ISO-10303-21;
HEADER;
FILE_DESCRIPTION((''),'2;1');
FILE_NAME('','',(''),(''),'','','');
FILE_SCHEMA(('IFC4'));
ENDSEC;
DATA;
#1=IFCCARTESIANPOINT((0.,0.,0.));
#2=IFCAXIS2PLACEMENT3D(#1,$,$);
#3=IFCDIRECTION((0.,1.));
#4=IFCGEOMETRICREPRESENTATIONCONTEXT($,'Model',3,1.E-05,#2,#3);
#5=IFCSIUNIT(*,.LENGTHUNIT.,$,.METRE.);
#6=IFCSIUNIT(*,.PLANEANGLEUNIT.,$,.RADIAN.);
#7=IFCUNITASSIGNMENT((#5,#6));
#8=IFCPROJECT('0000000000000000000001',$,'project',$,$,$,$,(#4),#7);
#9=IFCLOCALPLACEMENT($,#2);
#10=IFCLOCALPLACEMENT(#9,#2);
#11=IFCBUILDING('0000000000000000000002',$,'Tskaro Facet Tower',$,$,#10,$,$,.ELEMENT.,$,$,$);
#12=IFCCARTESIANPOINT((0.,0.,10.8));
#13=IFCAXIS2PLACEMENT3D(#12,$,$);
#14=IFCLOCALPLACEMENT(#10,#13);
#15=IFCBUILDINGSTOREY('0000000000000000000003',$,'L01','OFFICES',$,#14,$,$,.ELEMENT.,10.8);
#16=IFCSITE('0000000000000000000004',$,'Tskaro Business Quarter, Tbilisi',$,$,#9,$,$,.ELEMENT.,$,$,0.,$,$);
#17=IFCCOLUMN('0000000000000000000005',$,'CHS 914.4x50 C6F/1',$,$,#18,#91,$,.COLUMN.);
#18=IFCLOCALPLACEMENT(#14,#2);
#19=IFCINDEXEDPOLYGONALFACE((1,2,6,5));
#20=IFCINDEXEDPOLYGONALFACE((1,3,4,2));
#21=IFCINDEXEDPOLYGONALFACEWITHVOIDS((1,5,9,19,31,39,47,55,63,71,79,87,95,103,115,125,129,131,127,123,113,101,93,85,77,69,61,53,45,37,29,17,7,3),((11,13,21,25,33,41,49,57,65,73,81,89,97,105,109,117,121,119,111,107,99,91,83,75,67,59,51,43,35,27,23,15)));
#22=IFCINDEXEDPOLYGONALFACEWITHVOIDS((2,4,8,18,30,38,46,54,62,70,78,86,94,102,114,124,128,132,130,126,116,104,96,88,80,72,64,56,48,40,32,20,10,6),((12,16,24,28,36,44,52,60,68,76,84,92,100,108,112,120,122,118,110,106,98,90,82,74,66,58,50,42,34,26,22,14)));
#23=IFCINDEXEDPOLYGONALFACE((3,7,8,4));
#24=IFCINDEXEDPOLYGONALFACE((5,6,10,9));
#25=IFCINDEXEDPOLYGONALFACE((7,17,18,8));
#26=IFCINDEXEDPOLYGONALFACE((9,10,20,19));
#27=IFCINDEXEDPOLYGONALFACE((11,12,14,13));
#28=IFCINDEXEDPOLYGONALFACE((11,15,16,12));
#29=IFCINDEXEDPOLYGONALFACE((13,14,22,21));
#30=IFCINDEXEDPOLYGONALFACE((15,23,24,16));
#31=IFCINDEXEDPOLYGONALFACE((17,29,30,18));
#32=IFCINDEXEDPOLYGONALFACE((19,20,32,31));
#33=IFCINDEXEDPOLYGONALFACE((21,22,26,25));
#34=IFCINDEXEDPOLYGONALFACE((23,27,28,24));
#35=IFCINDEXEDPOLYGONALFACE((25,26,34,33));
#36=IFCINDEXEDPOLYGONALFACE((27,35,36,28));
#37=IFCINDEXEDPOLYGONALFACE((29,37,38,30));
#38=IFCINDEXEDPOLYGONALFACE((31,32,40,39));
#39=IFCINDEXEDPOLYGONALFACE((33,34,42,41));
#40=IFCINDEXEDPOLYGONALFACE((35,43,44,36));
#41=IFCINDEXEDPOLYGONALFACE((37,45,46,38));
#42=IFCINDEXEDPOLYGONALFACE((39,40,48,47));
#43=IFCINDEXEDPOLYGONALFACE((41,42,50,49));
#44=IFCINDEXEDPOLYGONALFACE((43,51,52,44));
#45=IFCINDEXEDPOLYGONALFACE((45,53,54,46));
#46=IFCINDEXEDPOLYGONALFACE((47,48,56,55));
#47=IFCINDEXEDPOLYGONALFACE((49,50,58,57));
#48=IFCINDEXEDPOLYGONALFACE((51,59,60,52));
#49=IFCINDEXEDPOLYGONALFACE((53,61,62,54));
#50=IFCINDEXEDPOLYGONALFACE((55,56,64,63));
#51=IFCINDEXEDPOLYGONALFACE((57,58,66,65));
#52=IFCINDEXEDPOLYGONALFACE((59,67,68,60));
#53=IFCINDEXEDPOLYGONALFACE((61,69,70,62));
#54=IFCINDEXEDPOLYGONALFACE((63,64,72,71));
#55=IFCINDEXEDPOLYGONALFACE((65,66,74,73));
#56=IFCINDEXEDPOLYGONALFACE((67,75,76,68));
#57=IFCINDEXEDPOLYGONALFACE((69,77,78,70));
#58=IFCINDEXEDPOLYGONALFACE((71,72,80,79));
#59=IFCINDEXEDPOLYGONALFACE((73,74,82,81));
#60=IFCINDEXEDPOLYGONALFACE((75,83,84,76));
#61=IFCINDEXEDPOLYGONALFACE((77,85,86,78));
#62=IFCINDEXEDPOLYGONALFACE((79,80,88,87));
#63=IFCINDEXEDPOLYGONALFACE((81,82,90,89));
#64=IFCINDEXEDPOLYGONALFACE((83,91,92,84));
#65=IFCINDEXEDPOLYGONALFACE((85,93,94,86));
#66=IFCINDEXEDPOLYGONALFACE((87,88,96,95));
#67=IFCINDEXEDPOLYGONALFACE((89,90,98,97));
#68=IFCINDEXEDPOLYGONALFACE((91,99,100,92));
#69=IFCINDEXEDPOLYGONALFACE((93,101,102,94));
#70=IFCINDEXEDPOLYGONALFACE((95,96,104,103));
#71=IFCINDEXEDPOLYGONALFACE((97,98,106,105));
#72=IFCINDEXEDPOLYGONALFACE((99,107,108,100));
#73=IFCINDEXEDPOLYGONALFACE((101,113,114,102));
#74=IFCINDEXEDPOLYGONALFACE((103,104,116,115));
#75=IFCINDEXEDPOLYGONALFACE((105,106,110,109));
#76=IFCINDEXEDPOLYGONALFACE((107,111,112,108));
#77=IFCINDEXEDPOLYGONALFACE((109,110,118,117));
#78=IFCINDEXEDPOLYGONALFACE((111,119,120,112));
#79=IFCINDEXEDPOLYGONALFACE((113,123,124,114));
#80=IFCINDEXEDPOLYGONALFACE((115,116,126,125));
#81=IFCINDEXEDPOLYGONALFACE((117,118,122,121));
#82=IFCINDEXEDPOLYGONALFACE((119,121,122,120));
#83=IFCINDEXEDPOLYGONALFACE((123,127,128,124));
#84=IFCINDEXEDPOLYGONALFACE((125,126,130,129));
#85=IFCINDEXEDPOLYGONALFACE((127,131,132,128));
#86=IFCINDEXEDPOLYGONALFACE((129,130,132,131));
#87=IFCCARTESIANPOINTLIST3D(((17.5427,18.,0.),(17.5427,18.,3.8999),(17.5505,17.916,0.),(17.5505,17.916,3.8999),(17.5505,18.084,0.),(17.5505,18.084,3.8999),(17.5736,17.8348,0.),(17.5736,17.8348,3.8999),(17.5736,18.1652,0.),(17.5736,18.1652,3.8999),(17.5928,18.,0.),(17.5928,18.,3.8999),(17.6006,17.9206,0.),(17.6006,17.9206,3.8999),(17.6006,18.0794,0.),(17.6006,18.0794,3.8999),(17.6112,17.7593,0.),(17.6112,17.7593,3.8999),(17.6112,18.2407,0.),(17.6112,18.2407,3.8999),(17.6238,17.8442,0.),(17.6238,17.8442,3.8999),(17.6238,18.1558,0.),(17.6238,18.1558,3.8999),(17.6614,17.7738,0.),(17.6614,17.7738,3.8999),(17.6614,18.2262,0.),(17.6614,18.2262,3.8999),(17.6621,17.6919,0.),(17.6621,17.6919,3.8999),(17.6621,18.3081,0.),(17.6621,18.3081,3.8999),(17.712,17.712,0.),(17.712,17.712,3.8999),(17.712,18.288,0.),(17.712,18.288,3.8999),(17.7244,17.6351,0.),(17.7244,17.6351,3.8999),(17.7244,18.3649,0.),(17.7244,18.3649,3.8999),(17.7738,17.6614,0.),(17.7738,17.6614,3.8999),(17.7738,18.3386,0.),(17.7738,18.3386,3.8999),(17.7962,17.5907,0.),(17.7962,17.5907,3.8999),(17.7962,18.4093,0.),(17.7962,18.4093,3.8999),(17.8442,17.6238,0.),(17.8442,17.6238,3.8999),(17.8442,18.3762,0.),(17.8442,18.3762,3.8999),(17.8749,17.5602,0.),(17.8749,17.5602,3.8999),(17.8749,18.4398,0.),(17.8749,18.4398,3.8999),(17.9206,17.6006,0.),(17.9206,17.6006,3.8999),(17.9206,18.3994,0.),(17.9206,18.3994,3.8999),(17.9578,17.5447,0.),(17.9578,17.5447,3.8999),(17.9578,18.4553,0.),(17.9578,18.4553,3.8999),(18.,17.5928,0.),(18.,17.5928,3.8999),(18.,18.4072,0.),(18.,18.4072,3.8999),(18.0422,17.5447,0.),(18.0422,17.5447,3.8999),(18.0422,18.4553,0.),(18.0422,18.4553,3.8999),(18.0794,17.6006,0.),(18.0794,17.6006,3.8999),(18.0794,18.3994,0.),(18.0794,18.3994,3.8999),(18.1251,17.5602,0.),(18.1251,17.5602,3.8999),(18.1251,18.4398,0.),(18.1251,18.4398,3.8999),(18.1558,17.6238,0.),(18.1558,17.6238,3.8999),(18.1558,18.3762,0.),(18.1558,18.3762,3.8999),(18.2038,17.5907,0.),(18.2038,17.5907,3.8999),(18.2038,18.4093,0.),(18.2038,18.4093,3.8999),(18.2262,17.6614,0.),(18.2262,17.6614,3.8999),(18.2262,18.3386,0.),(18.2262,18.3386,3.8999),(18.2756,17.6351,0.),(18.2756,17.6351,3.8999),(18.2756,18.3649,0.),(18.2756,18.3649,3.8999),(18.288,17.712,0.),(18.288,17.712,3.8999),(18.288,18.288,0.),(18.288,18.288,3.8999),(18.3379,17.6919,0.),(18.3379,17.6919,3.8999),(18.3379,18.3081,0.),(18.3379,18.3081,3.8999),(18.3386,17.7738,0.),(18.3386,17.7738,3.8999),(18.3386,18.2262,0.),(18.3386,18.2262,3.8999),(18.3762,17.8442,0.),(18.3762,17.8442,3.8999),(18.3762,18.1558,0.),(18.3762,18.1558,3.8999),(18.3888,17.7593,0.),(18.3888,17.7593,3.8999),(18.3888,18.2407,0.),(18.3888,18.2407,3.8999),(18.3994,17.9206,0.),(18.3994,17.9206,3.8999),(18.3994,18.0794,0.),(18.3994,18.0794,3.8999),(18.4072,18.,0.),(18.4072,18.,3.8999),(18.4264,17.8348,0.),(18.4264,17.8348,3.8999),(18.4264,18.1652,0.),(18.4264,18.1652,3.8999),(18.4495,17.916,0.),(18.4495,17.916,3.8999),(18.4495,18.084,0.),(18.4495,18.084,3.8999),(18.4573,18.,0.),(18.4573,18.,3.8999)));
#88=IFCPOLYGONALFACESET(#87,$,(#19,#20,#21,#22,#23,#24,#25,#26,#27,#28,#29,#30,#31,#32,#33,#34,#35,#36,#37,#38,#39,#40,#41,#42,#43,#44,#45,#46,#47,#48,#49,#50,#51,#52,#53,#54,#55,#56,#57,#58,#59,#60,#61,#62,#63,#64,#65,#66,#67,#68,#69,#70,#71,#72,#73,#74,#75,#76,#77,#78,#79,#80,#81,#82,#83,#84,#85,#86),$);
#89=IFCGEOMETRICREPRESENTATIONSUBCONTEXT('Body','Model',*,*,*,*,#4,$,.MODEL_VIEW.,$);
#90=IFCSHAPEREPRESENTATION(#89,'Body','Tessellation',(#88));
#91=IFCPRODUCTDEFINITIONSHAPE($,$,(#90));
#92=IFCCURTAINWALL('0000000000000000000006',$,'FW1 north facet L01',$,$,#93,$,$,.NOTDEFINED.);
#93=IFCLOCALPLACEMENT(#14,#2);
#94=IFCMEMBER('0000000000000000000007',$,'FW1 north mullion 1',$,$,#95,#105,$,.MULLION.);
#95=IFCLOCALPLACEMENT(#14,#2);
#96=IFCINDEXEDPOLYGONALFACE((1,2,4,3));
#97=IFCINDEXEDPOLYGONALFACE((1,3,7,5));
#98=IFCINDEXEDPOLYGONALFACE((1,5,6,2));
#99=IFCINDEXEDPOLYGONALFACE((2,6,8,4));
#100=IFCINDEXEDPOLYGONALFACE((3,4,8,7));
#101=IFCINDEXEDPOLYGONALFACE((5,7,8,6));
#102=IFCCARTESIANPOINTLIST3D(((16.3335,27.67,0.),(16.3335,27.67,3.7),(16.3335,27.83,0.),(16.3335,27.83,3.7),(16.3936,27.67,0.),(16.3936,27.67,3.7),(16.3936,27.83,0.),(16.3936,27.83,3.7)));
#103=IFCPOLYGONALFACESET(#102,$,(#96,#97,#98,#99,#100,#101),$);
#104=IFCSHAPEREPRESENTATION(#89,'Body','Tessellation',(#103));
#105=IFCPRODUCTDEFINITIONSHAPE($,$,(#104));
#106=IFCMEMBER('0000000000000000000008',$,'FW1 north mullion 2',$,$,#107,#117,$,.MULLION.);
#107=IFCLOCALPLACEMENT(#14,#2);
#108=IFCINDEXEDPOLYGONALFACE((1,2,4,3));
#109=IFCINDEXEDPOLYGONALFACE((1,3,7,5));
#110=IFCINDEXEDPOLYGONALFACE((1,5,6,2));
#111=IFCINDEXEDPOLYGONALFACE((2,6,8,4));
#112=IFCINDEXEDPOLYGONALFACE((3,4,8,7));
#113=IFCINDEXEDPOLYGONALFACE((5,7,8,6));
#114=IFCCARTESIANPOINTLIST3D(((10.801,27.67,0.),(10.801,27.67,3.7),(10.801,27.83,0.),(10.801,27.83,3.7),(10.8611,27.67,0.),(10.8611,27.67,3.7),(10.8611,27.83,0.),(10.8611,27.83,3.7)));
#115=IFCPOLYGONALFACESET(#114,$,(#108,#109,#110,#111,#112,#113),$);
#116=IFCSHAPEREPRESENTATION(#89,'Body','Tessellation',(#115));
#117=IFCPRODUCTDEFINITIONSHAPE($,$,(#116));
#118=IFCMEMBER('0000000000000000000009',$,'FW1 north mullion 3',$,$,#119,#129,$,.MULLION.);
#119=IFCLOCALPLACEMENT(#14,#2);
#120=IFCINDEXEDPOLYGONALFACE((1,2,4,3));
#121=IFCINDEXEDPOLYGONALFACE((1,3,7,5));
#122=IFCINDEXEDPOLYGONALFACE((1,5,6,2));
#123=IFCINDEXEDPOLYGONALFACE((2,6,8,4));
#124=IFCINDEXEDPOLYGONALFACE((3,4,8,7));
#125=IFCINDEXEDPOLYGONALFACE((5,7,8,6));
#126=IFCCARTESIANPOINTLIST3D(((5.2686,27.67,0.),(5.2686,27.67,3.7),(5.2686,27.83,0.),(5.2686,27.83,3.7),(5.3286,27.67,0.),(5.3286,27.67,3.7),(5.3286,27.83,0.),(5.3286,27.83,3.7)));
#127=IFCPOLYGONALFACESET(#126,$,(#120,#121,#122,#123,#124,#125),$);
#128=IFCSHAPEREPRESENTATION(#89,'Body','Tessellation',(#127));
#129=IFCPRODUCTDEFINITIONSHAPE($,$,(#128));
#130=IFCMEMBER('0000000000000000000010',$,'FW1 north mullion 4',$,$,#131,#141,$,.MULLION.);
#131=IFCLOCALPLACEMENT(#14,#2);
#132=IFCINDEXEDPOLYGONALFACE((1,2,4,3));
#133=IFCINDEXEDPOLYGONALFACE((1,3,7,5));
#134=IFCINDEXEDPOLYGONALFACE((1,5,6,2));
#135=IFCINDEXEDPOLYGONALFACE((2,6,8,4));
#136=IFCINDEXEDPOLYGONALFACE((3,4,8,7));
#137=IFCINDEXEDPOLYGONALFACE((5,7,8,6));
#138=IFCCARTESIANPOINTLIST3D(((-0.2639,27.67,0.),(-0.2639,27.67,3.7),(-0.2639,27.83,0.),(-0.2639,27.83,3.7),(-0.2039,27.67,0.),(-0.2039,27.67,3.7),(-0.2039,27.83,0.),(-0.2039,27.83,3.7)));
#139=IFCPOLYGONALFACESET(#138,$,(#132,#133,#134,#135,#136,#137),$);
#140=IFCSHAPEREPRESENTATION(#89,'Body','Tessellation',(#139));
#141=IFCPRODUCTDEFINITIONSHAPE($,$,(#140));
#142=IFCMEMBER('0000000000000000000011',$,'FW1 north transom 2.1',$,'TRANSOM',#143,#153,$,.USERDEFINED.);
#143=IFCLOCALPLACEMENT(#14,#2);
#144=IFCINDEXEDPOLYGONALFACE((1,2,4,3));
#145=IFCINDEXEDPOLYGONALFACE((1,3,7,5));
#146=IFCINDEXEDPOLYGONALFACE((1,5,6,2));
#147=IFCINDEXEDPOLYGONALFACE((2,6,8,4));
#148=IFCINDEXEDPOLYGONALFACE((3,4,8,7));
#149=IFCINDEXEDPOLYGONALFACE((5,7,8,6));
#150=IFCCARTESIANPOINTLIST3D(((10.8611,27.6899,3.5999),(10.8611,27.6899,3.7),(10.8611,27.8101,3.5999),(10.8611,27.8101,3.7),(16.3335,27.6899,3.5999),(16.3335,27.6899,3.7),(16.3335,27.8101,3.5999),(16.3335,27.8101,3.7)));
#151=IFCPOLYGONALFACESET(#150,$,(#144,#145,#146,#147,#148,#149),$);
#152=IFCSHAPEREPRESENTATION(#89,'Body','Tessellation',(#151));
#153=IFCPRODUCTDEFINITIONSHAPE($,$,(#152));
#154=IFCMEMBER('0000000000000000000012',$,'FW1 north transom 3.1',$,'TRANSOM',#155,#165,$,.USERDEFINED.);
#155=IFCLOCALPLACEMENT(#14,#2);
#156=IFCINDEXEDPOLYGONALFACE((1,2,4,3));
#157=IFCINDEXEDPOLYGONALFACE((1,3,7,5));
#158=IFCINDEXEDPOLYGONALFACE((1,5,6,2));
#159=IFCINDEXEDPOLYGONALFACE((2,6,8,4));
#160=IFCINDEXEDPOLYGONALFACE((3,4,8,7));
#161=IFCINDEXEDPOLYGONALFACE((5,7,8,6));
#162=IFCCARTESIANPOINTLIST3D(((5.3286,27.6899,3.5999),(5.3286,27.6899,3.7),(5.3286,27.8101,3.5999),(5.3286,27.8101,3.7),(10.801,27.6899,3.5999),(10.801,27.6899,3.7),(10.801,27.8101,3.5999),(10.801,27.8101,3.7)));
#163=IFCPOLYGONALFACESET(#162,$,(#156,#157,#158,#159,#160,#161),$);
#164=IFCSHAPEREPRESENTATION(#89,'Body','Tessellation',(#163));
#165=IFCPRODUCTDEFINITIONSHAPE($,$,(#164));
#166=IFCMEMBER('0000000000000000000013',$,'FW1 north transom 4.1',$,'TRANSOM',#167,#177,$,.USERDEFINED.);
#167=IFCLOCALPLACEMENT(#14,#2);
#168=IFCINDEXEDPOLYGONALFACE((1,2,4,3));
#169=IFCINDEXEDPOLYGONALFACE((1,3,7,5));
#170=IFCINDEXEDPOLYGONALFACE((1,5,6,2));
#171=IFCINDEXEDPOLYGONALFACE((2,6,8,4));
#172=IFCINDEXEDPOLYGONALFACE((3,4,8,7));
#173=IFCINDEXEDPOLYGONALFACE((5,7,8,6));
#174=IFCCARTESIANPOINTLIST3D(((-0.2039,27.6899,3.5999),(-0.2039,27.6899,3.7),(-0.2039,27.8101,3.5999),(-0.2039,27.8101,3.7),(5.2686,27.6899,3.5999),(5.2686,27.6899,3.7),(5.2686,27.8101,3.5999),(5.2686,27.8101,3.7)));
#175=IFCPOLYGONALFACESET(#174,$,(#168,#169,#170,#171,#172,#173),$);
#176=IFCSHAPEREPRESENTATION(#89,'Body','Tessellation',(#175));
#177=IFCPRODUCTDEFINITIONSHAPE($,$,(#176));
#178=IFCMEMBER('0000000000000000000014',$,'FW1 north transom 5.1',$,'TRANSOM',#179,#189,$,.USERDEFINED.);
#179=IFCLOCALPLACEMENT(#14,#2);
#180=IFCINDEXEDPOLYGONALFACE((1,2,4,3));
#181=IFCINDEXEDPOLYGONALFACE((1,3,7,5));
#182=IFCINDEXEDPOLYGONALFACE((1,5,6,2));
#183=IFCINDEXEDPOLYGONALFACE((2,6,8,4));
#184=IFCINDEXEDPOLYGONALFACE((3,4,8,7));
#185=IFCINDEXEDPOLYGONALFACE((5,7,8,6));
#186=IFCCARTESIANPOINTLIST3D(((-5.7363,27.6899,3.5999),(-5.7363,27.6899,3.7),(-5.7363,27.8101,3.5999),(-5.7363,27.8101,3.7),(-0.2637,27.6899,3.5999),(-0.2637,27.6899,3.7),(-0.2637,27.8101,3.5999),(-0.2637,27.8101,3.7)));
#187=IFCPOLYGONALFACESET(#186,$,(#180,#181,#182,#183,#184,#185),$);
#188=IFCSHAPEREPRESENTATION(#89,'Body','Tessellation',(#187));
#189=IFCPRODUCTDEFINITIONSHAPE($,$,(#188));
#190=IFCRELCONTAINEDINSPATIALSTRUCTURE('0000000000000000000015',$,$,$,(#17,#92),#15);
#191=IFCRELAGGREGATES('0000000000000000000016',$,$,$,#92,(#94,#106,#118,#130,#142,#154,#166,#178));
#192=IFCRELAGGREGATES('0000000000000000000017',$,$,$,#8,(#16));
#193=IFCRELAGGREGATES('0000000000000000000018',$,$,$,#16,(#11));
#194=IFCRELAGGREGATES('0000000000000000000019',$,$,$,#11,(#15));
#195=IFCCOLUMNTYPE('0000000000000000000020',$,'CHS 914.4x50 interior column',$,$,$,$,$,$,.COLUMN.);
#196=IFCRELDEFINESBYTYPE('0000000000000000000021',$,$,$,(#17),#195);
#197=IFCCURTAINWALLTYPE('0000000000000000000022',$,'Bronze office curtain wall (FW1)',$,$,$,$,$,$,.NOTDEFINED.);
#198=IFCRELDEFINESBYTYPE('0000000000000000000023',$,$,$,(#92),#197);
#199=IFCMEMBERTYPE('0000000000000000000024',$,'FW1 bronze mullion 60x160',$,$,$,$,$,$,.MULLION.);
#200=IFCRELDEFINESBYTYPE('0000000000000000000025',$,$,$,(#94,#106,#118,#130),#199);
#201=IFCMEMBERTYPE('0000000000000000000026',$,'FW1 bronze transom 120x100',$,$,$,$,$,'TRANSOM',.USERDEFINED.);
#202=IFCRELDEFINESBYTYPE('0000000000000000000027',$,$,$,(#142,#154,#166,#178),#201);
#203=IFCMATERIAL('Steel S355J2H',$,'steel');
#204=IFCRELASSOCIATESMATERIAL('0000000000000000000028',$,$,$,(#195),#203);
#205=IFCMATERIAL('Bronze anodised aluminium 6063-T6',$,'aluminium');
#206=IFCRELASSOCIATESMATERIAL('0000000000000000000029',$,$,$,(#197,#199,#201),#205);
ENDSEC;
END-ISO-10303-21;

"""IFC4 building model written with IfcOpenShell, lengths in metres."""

from ifc_helpers import new_model, si_unit, direction, frame, origin, origin_2d, place, context, subcontext, project, spatial, rectangle, hollow_circle, extrude, material, material_profile, profile_set, type_object, element, aggregate, save


model = new_model("IFC4")

# Units and contexts
model_context = context("Model", 3, precision=1e-05, world=origin(), true_north=direction((0.0, 1.0)))
body_context = subcontext(model_context, "Body", "Model", "MODEL_VIEW")
ifc_project = project(units=[si_unit("LENGTHUNIT", "METRE"), si_unit("PLANEANGLEUNIT", "RADIAN")], contexts=[model_context])

# Site, building, storey
site_placement = place(None, origin())
site = spatial("IfcSite", under=ifc_project, at=site_placement, Name="Tskaro Business Quarter, Tbilisi", CompositionType="ELEMENT", RefElevation=0.0)
building_placement = place(site_placement, origin())
building = spatial("IfcBuilding", under=site, at=building_placement, Name="Tskaro Facet Tower", CompositionType="ELEMENT")
storey_placement = place(building_placement, frame((0.0, 0.0, 10.8)))
storey = spatial("IfcBuildingStorey", under=building, at=storey_placement, Name="L01", Description="OFFICES", CompositionType="ELEMENT", Elevation=10.8)

# Column
ifc_material_1 = material(Name="Steel S355J2H", Category="steel")
ifc_material_profile_1 = material_profile(ifc_material_1, hollow_circle(Radius=0.4573, WallThickness=0.05, at=origin_2d()), Name="CHS 914.4x50")
ifc_profile_set_1 = profile_set([ifc_material_profile_1], Name="Steel S355J2H")
column_type_1 = type_object("IfcColumnType", Name="CHS 914.4x50 interior column", PredefinedType="COLUMN", material=ifc_profile_set_1)
for number, where, z_axis, x_axis, name in (
    (1, (18.0, 18.0, 0.0), (0.0, 0.0, 1.0), (1.0, 0.0, 0.0), "CHS 914.4x50 C6F/1"),
):
    element("IfcColumn", number, at=place(storey_placement, frame(where, z_axis=z_axis, x_axis=x_axis)), inside=storey, type_object=column_type_1, Name=name, PredefinedType="COLUMN", context=body_context, shape_type="SweptSolid", body=[
        extrude(hollow_circle(Radius=0.4573, WallThickness=0.05, at=origin_2d()), origin(), (0.0, 0.0, 1.0), 3.8999),
    ])

# Curtain wall, members
ifc_material_2 = material(Name="Bronze anodised aluminium 6063-T6", Category="aluminium")
curtain_wall_type = type_object("IfcCurtainWallType", Name="Bronze office curtain wall (FW1)", PredefinedType="NOTDEFINED", material=ifc_material_2)
curtain_wall_placement = place(storey_placement, origin())
curtain_wall = element("IfcCurtainWall", 2, at=curtain_wall_placement, inside=storey, type_object=curtain_wall_type, Name="FW1 north facet L01", PredefinedType="NOTDEFINED")
ifc_material_profile_2 = material_profile(ifc_material_2, rectangle(XDim=0.0601, YDim=0.1599, at=origin_2d()), Name="Mullion 60x160")
ifc_profile_set_2 = profile_set([ifc_material_profile_2], Name="Bronze anodised aluminium 6063-T6")
member_type_1 = type_object("IfcMemberType", Name="FW1 bronze mullion 60x160", PredefinedType="MULLION", material=ifc_profile_set_2)
member_1_placement = place(storey_placement, frame((16.3635, 27.75, 0.0), z_axis=(0.0, 0.0, 1.0), x_axis=(-1.0, 0.0, 0.0)))
member_1 = element("IfcMember", 3, at=member_1_placement, type_object=member_type_1, Name="FW1 north mullion 1", PredefinedType="MULLION", context=body_context, shape_type="SweptSolid", body=[
    extrude(rectangle(XDim=0.0601, YDim=0.1599, at=origin_2d()), origin(), (0.0, 0.0, 1.0), 3.7),
])
member_2_placement = place(storey_placement, frame((10.8311, 27.75, 0.0), z_axis=(0.0, 0.0, 1.0), x_axis=(-1.0, 0.0, 0.0)))
member_2 = element("IfcMember", 4, at=member_2_placement, type_object=member_type_1, Name="FW1 north mullion 2", PredefinedType="MULLION", context=body_context, shape_type="SweptSolid", body=[
    extrude(rectangle(XDim=0.0601, YDim=0.1599, at=origin_2d()), origin(), (0.0, 0.0, 1.0), 3.7),
])
member_3_placement = place(storey_placement, frame((5.2986, 27.75, 0.0), z_axis=(0.0, 0.0, 1.0), x_axis=(-1.0, 0.0, 0.0)))
member_3 = element("IfcMember", 5, at=member_3_placement, type_object=member_type_1, Name="FW1 north mullion 3", PredefinedType="MULLION", context=body_context, shape_type="SweptSolid", body=[
    extrude(rectangle(XDim=0.0601, YDim=0.1599, at=origin_2d()), origin(), (0.0, 0.0, 1.0), 3.7),
])
member_4_placement = place(storey_placement, frame((-0.2339, 27.75, 0.0), z_axis=(0.0, 0.0, 1.0), x_axis=(-1.0, 0.0, 0.0)))
member_4 = element("IfcMember", 6, at=member_4_placement, type_object=member_type_1, Name="FW1 north mullion 4", PredefinedType="MULLION", context=body_context, shape_type="SweptSolid", body=[
    extrude(rectangle(XDim=0.0601, YDim=0.1599, at=origin_2d()), origin(), (0.0, 0.0, 1.0), 3.7),
])
ifc_material_profile_3 = material_profile(ifc_material_2, rectangle(XDim=0.1201, YDim=0.1001, at=origin_2d()), Name="Transom 120x100")
ifc_profile_set_3 = profile_set([ifc_material_profile_3], Name="Bronze anodised aluminium 6063-T6")
member_type_2 = type_object("IfcMemberType", Name="FW1 bronze transom 120x100", ElementType="TRANSOM", PredefinedType="USERDEFINED", material=ifc_profile_set_3)
member_5_placement = place(storey_placement, frame((16.3335, 27.75, 3.6499), z_axis=(-1.0, 0.0, 0.0), x_axis=(0.0, -1.0, 0.0)))
member_5 = element("IfcMember", 7, at=member_5_placement, type_object=member_type_2, Name="FW1 north transom 2.1", ObjectType="TRANSOM", PredefinedType="USERDEFINED", context=body_context, shape_type="SweptSolid", body=[
    extrude(rectangle(XDim=0.1201, YDim=0.1001, at=origin_2d()), origin(), (0.0, 0.0, 1.0), 5.4724),
])
member_6_placement = place(storey_placement, frame((10.801, 27.75, 3.6499), z_axis=(-1.0, 0.0, 0.0), x_axis=(0.0, -1.0, 0.0)))
member_6 = element("IfcMember", 8, at=member_6_placement, type_object=member_type_2, Name="FW1 north transom 3.1", ObjectType="TRANSOM", PredefinedType="USERDEFINED", context=body_context, shape_type="SweptSolid", body=[
    extrude(rectangle(XDim=0.1201, YDim=0.1001, at=origin_2d()), origin(), (0.0, 0.0, 1.0), 5.4724),
])
member_7_placement = place(storey_placement, frame((5.2686, 27.75, 3.6499), z_axis=(-1.0, 0.0, 0.0), x_axis=(0.0, -1.0, 0.0)))
member_7 = element("IfcMember", 9, at=member_7_placement, type_object=member_type_2, Name="FW1 north transom 4.1", ObjectType="TRANSOM", PredefinedType="USERDEFINED", context=body_context, shape_type="SweptSolid", body=[
    extrude(rectangle(XDim=0.1201, YDim=0.1001, at=origin_2d()), origin(), (0.0, 0.0, 1.0), 5.4724),
])
member_8_placement = place(storey_placement, frame((-0.2637, 27.75, 3.6499), z_axis=(-1.0, 0.0, 0.0), x_axis=(0.0, -1.0, 0.0)))
member_8 = element("IfcMember", 10, at=member_8_placement, type_object=member_type_2, Name="FW1 north transom 5.1", ObjectType="TRANSOM", PredefinedType="USERDEFINED", context=body_context, shape_type="SweptSolid", body=[
    extrude(rectangle(XDim=0.1201, YDim=0.1001, at=origin_2d()), origin(), (0.0, 0.0, 1.0), 5.4727),
])

aggregate(curtain_wall, [member_1, member_2, member_3, member_4, member_5, member_6, member_7, member_8])

save(model, "model.ifc")
